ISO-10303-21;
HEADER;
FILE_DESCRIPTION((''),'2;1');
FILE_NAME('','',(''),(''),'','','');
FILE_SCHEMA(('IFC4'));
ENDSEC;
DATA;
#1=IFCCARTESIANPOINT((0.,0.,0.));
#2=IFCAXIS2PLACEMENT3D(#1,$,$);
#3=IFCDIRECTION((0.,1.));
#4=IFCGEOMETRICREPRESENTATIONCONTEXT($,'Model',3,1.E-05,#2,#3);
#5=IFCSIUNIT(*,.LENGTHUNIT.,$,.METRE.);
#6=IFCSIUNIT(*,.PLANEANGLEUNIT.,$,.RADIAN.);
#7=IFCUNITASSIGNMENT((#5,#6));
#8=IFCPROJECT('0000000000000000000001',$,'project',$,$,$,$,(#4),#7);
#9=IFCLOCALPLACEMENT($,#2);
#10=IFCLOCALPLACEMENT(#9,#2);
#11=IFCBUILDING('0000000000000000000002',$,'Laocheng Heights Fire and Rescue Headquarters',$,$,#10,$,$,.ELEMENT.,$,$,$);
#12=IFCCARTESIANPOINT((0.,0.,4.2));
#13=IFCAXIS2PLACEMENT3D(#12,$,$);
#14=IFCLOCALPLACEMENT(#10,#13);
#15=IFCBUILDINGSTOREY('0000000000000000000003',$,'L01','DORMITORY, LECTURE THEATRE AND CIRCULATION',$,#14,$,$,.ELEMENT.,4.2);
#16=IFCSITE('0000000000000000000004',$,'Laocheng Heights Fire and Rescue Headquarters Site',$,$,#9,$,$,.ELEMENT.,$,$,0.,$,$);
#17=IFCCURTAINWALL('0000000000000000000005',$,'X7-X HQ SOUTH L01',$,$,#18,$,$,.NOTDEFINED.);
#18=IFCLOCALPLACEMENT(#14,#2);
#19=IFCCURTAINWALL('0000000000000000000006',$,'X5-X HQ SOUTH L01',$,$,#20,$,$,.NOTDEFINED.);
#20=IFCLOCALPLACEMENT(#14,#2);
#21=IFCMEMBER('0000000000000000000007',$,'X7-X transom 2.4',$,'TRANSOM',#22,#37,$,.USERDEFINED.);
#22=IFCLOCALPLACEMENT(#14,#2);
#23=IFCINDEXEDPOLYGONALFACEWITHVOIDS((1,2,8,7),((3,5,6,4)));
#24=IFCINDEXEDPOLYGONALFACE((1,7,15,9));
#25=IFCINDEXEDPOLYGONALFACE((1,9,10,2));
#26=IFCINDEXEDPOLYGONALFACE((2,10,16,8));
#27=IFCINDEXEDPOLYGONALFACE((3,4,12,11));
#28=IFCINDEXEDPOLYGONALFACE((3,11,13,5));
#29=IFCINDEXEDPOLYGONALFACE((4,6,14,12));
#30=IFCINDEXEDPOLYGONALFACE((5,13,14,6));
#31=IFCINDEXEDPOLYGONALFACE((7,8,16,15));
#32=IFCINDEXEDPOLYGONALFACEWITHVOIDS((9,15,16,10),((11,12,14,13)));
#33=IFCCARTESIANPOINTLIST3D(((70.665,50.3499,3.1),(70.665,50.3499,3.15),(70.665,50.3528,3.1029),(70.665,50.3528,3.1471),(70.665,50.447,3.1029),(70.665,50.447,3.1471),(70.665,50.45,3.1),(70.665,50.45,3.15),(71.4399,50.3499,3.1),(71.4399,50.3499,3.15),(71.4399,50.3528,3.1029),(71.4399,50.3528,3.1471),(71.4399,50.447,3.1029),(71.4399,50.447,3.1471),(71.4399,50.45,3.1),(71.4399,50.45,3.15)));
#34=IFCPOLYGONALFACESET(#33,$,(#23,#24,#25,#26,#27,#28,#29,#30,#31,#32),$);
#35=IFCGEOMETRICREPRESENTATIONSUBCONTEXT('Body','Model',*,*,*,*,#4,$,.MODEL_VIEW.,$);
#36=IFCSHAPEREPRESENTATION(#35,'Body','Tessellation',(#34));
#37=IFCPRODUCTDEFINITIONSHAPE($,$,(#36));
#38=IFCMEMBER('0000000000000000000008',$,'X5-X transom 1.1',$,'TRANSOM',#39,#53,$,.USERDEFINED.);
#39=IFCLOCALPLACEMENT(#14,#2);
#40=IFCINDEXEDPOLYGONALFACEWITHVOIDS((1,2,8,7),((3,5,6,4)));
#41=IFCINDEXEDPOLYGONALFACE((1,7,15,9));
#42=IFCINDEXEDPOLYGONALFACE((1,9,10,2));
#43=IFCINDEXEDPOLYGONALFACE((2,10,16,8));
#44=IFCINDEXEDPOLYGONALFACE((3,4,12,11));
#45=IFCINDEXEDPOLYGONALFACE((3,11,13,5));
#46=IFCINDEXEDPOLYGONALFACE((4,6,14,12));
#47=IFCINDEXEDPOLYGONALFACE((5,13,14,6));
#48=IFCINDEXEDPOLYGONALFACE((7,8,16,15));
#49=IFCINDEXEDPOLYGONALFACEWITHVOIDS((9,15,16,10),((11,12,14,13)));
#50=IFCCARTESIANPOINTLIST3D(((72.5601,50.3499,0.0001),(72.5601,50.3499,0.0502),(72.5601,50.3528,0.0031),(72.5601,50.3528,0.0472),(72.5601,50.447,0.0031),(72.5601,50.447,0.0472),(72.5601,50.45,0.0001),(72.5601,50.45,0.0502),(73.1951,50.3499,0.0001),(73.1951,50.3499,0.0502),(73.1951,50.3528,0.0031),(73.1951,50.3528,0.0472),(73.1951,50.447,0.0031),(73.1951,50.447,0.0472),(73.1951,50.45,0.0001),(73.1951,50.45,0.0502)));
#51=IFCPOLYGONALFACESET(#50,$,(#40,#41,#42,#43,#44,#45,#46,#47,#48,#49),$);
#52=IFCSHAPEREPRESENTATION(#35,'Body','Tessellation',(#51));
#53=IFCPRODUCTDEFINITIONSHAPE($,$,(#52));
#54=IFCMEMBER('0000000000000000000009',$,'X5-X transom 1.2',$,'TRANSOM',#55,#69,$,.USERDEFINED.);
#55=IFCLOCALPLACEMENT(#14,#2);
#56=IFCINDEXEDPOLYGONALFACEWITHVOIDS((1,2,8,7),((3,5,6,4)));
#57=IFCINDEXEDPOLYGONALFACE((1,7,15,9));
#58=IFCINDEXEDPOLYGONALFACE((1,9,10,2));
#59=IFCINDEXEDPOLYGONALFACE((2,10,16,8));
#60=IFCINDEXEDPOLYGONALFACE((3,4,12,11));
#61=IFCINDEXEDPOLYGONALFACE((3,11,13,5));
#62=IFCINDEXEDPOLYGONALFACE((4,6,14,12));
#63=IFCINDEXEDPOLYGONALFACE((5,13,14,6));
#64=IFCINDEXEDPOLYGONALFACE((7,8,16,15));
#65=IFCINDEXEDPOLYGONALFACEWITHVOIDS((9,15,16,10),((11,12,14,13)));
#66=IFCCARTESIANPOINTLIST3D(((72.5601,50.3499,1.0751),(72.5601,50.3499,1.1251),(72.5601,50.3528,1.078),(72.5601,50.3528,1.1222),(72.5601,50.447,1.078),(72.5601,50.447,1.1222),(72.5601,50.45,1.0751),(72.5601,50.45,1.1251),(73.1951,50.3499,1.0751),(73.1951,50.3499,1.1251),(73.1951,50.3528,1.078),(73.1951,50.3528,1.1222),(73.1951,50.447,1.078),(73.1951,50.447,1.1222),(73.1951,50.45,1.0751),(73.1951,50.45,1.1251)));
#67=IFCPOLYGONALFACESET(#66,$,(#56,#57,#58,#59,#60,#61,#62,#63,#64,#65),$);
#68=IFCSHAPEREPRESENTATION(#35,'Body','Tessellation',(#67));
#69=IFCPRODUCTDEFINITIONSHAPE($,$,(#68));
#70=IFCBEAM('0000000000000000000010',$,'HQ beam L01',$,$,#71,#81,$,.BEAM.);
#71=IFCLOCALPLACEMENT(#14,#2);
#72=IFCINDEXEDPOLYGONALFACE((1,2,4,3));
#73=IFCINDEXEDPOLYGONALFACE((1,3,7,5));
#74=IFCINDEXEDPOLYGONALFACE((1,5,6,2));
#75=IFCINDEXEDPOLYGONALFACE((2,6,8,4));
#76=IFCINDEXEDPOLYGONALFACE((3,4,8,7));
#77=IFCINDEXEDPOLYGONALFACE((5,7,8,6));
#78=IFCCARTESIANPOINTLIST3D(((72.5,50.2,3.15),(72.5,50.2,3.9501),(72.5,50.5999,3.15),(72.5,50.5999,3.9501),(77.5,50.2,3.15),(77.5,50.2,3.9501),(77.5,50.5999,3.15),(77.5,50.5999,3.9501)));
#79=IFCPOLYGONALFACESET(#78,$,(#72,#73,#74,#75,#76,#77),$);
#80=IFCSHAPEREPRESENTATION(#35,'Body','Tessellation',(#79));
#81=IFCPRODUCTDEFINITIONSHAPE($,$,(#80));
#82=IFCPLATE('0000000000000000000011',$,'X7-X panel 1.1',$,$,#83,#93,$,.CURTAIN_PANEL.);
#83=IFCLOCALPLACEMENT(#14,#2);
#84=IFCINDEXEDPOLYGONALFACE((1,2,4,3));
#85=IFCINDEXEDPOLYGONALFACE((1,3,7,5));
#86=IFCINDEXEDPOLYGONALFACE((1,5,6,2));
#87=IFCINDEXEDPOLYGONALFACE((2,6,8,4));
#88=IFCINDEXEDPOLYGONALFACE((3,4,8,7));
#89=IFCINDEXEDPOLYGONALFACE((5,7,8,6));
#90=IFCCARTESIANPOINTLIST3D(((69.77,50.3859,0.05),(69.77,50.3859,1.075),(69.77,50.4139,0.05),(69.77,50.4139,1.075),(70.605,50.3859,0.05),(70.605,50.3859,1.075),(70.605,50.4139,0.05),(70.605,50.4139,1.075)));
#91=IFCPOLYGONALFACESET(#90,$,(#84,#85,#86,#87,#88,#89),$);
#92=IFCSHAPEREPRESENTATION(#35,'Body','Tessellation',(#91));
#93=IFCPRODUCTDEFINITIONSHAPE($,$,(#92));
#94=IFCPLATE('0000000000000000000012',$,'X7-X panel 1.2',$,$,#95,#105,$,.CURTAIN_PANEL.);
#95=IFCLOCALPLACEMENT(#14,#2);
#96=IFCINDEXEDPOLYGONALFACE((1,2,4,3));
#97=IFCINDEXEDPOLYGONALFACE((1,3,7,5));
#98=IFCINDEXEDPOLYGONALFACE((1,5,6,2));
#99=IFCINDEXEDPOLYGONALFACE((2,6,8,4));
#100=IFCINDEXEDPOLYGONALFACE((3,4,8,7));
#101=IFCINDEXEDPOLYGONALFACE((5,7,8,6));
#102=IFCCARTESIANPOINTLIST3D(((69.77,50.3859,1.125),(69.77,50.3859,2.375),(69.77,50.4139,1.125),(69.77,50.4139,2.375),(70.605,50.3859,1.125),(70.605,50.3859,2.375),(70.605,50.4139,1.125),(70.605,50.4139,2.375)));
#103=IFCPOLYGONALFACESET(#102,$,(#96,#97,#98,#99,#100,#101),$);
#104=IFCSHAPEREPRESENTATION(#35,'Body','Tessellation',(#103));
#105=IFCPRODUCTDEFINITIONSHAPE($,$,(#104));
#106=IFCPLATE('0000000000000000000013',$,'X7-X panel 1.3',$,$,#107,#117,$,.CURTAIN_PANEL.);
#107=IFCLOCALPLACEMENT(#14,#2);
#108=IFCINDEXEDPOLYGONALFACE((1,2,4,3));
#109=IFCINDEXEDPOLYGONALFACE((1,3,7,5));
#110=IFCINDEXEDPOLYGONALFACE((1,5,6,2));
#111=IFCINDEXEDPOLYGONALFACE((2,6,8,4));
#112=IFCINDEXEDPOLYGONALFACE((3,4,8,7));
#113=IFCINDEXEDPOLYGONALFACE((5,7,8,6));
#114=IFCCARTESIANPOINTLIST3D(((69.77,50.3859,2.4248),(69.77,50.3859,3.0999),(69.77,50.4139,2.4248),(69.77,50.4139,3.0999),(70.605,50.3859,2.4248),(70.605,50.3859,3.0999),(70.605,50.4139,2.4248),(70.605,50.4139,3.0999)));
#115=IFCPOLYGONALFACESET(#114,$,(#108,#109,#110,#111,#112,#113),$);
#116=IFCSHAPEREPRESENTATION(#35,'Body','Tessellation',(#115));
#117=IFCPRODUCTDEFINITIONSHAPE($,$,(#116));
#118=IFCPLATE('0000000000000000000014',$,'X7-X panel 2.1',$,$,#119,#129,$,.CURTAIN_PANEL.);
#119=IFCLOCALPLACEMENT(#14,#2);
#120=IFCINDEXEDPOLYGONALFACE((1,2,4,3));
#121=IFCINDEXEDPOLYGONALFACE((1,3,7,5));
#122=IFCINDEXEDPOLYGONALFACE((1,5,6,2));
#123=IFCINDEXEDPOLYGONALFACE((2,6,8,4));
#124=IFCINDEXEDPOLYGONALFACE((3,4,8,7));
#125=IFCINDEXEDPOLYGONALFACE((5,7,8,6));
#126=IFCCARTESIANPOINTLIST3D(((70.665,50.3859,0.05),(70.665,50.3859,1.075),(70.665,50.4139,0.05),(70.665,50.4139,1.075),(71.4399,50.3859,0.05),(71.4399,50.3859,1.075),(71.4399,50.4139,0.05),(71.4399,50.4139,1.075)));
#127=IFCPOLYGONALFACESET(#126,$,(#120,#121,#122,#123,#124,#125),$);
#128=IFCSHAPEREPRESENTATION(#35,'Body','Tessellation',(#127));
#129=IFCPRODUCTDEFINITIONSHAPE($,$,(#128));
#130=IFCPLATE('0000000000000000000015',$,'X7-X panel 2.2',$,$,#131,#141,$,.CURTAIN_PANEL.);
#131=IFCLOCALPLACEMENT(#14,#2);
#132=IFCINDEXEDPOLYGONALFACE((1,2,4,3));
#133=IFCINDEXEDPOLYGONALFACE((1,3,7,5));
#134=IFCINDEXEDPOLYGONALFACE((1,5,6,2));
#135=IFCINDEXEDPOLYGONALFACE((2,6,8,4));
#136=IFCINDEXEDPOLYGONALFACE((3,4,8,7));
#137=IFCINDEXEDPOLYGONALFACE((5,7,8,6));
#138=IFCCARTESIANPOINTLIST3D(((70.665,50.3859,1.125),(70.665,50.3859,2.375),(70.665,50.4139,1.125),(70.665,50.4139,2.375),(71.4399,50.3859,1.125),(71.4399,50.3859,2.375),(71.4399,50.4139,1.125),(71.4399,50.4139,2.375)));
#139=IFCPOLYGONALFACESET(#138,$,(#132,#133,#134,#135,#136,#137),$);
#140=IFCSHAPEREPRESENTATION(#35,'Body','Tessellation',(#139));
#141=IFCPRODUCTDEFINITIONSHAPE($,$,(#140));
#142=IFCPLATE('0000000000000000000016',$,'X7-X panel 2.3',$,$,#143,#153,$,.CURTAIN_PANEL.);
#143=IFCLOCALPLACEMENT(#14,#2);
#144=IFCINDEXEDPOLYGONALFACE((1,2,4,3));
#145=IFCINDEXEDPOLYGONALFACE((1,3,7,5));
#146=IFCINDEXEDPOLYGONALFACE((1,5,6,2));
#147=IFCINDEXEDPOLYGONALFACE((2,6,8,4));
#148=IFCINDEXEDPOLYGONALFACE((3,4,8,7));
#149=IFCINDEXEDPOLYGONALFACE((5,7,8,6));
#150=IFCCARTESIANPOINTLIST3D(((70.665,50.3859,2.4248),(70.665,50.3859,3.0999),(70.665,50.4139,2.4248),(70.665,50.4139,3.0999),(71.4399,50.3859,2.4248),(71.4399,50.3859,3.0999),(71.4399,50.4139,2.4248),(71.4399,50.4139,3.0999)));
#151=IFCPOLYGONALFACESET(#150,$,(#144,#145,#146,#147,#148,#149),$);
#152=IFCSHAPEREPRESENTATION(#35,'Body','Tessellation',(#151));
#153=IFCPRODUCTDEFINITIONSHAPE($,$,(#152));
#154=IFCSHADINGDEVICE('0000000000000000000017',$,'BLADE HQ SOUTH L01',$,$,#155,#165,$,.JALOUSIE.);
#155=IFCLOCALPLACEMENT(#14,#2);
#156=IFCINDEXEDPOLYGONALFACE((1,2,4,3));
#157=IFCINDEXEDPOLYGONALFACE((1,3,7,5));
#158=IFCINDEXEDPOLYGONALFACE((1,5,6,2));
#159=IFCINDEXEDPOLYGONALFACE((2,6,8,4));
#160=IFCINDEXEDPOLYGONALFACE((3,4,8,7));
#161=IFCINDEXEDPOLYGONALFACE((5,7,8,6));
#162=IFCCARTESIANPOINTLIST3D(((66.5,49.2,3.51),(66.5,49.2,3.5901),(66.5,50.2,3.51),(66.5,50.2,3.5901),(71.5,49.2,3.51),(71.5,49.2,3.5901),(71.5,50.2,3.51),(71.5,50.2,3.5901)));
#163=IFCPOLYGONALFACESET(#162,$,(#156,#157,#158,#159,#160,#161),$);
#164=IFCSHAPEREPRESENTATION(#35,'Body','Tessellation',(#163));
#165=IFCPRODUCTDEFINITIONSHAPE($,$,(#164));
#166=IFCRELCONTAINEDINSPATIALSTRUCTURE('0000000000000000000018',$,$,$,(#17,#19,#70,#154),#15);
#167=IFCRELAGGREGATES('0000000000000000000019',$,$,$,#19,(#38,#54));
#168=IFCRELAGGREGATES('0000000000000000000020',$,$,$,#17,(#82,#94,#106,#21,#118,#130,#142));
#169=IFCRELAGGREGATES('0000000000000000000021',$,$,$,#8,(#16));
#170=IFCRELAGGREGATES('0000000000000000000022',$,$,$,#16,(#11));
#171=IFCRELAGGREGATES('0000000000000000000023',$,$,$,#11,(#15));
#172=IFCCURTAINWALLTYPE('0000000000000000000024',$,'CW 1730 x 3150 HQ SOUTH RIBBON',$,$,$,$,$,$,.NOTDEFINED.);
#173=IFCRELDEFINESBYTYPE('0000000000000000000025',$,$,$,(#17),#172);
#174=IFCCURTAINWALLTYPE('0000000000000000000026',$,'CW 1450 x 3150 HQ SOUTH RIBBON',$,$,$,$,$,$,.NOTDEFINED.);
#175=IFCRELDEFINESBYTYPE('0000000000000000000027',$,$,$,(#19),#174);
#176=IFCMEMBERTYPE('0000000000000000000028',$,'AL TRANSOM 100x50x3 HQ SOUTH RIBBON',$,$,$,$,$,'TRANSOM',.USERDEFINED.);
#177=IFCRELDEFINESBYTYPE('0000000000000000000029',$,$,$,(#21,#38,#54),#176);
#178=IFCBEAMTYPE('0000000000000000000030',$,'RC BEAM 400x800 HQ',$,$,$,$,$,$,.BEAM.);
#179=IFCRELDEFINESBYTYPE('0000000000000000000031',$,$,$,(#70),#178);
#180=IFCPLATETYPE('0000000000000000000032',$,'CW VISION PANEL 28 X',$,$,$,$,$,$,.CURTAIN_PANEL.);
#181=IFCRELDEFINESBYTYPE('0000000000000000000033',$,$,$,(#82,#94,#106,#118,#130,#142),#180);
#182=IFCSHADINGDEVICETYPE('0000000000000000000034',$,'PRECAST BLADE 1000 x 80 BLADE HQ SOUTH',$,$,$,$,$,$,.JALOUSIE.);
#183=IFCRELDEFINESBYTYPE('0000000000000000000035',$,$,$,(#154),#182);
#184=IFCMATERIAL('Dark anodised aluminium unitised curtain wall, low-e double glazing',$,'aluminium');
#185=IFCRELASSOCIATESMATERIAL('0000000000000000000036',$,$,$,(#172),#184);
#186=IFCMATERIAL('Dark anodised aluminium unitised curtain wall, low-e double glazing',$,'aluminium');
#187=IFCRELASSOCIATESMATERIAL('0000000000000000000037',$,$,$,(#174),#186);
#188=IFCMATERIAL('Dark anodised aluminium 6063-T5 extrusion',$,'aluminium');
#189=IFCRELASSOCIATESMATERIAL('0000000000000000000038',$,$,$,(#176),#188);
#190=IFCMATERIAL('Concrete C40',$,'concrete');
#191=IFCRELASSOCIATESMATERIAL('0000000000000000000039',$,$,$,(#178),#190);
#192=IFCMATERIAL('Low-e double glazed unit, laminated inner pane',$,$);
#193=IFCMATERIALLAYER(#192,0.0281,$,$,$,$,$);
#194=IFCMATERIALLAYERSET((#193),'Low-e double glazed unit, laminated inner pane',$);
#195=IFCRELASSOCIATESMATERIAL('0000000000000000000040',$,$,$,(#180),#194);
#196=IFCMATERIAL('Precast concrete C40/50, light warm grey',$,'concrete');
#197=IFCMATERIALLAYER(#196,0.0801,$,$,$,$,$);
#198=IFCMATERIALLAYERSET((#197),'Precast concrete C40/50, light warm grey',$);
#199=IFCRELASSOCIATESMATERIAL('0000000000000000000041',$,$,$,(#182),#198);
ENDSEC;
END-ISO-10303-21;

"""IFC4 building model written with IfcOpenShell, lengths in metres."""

from ifc_helpers import new_model, si_unit, direction, frame, origin, origin_2d, place, context, subcontext, project, spatial, rectangle, hollow_rectangle, extrude, material, layer, layer_set, material_profile, profile_set, type_object, element, aggregate, save


model = new_model("IFC4")

# Units and contexts
model_context = context("Model", 3, precision=1e-05, world=origin(), true_north=direction((0.0, 1.0)))
body_context = subcontext(model_context, "Body", "Model", "MODEL_VIEW")
ifc_project = project(units=[si_unit("LENGTHUNIT", "METRE"), si_unit("PLANEANGLEUNIT", "RADIAN")], contexts=[model_context])

# Site, building, storey
site_placement = place(None, origin())
site = spatial("IfcSite", under=ifc_project, at=site_placement, Name="Laocheng Heights Fire and Rescue Headquarters Site", CompositionType="ELEMENT", RefElevation=0.0)
building_placement = place(site_placement, origin())
building = spatial("IfcBuilding", under=site, at=building_placement, Name="Laocheng Heights Fire and Rescue Headquarters", CompositionType="ELEMENT")
storey_placement = place(building_placement, frame((0.0, 0.0, 4.2)))
storey = spatial("IfcBuildingStorey", under=building, at=storey_placement, Name="L01", Description="DORMITORY, LECTURE THEATRE AND CIRCULATION", CompositionType="ELEMENT", Elevation=4.2)

# Curtain wall
ifc_material_1 = material(Name="Dark anodised aluminium unitised curtain wall, low-e double glazing", Category="aluminium")
curtain_wall_type_1 = type_object("IfcCurtainWallType", Name="CW 1730 x 3150 HQ SOUTH RIBBON", PredefinedType="NOTDEFINED", material=ifc_material_1)
curtain_wall_1_placement = place(storey_placement, origin())
curtain_wall_1 = element("IfcCurtainWall", 1, at=curtain_wall_1_placement, inside=storey, type_object=curtain_wall_type_1, Name="X7-X HQ SOUTH L01", PredefinedType="NOTDEFINED")

# Curtain wall
ifc_material_2 = material(Name="Dark anodised aluminium unitised curtain wall, low-e double glazing", Category="aluminium")
curtain_wall_type_2 = type_object("IfcCurtainWallType", Name="CW 1450 x 3150 HQ SOUTH RIBBON", PredefinedType="NOTDEFINED", material=ifc_material_2)
curtain_wall_2_placement = place(storey_placement, origin())
curtain_wall_2 = element("IfcCurtainWall", 2, at=curtain_wall_2_placement, inside=storey, type_object=curtain_wall_type_2, Name="X5-X HQ SOUTH L01", PredefinedType="NOTDEFINED")

# Members
ifc_material_3 = material(Name="Dark anodised aluminium 6063-T5 extrusion", Category="aluminium")
ifc_material_profile_1 = material_profile(ifc_material_3, hollow_rectangle(XDim=0.1001, YDim=0.05, WallThickness=0.0029, at=origin_2d()), Name="AL TRANSOM 100x50x3 HQ SOUTH RIBBON")
ifc_profile_set_1 = profile_set([ifc_material_profile_1], Name="Dark anodised aluminium 6063-T5 extrusion")
member_type_1 = type_object("IfcMemberType", Name="AL TRANSOM 100x50x3 HQ SOUTH RIBBON", ElementType="TRANSOM", PredefinedType="USERDEFINED", material=ifc_profile_set_1)
member_1_placement = place(storey_placement, frame((70.665, 50.3999, 3.125), z_axis=(1.0, 0.0, 0.0), x_axis=(0.0, 1.0, 0.0)))
member_1 = element("IfcMember", 3, at=member_1_placement, type_object=member_type_1, Name="X7-X transom 2.4", ObjectType="TRANSOM", PredefinedType="USERDEFINED", context=body_context, shape_type="SweptSolid", body=[
    extrude(hollow_rectangle(XDim=0.1001, YDim=0.05, WallThickness=0.0029, at=origin_2d()), origin(), (0.0, 0.0, 1.0), 0.7749),
])
member_2_placement = place(storey_placement, frame((72.5601, 50.3999, 0.0251), z_axis=(1.0, 0.0, 0.0), x_axis=(0.0, 1.0, 0.0)))
member_2 = element("IfcMember", 4, at=member_2_placement, type_object=member_type_1, Name="X5-X transom 1.1", ObjectType="TRANSOM", PredefinedType="USERDEFINED", context=body_context, shape_type="SweptSolid", body=[
    extrude(hollow_rectangle(XDim=0.1001, YDim=0.05, WallThickness=0.0029, at=origin_2d()), origin(), (0.0, 0.0, 1.0), 0.635),
])
member_3_placement = place(storey_placement, frame((72.5601, 50.3999, 1.1001), z_axis=(1.0, 0.0, 0.0), x_axis=(0.0, 1.0, 0.0)))
member_3 = element("IfcMember", 5, at=member_3_placement, type_object=member_type_1, Name="X5-X transom 1.2", ObjectType="TRANSOM", PredefinedType="USERDEFINED", context=body_context, shape_type="SweptSolid", body=[
    extrude(hollow_rectangle(XDim=0.1001, YDim=0.05, WallThickness=0.0029, at=origin_2d()), origin(), (0.0, 0.0, 1.0), 0.635),
])
aggregate(curtain_wall_2, [member_2, member_3])

# Beam
ifc_material_4 = material(Name="Concrete C40", Category="concrete")
ifc_material_profile_2 = material_profile(ifc_material_4, rectangle(XDim=0.3999, YDim=0.8, at=origin_2d()), Name="RC BEAM 400x800 HQ")
ifc_profile_set_2 = profile_set([ifc_material_profile_2], Name="Concrete C40")
beam_type = type_object("IfcBeamType", Name="RC BEAM 400x800 HQ", PredefinedType="BEAM", material=ifc_profile_set_2)
beam_placement = place(storey_placement, frame((72.5, 50.3999, 3.55), z_axis=(1.0, 0.0, 0.0), x_axis=(0.0, 1.0, 0.0)))
element("IfcBeam", 6, at=beam_placement, inside=storey, type_object=beam_type, Name="HQ beam L01", PredefinedType="BEAM", context=body_context, shape_type="SweptSolid", body=[
    extrude(rectangle(XDim=0.3999, YDim=0.8, at=origin_2d()), origin(), (0.0, 0.0, 1.0), 5.0),
])

# Plates
ifc_material_5 = material(Name="Low-e double glazed unit, laminated inner pane")
ifc_layer_1 = layer(ifc_material_5, 0.0281)
ifc_layer_set_1 = layer_set([ifc_layer_1], Name="Low-e double glazed unit, laminated inner pane")
plate_type = type_object("IfcPlateType", Name="CW VISION PANEL 28 X", PredefinedType="CURTAIN_PANEL", material=ifc_layer_set_1)
plate_1_placement = place(storey_placement, frame((70.1875, 50.3999, 0.05), z_axis=(0.0, 0.0, 1.0), x_axis=(1.0, 0.0, 0.0)))
plate_1 = element("IfcPlate", 7, at=plate_1_placement, type_object=plate_type, Name="X7-X panel 1.1", PredefinedType="CURTAIN_PANEL", context=body_context, shape_type="SweptSolid", body=[
    extrude(rectangle(XDim=0.835, YDim=0.0281, at=origin_2d()), origin(), (0.0, 0.0, 1.0), 1.0249),
])
plate_2_placement = place(storey_placement, frame((70.1875, 50.3999, 1.125), z_axis=(0.0, 0.0, 1.0), x_axis=(1.0, 0.0, 0.0)))
plate_2 = element("IfcPlate", 8, at=plate_2_placement, type_object=plate_type, Name="X7-X panel 1.2", PredefinedType="CURTAIN_PANEL", context=body_context, shape_type="SweptSolid", body=[
    extrude(rectangle(XDim=0.835, YDim=0.0281, at=origin_2d()), origin(), (0.0, 0.0, 1.0), 1.25),
])
plate_3_placement = place(storey_placement, frame((70.1875, 50.3999, 2.4248), z_axis=(0.0, 0.0, 1.0), x_axis=(1.0, 0.0, 0.0)))
plate_3 = element("IfcPlate", 9, at=plate_3_placement, type_object=plate_type, Name="X7-X panel 1.3", PredefinedType="CURTAIN_PANEL", context=body_context, shape_type="SweptSolid", body=[
    extrude(rectangle(XDim=0.835, YDim=0.0281, at=origin_2d()), origin(), (0.0, 0.0, 1.0), 0.675),
])
plate_4_placement = place(storey_placement, frame((71.0525, 50.3999, 0.05), z_axis=(0.0, 0.0, 1.0), x_axis=(1.0, 0.0, 0.0)))
plate_4 = element("IfcPlate", 10, at=plate_4_placement, type_object=plate_type, Name="X7-X panel 2.1", PredefinedType="CURTAIN_PANEL", context=body_context, shape_type="SweptSolid", body=[
    extrude(rectangle(XDim=0.7749, YDim=0.0281, at=origin_2d()), origin(), (0.0, 0.0, 1.0), 1.0249),
])
plate_5_placement = place(storey_placement, frame((71.0525, 50.3999, 1.125), z_axis=(0.0, 0.0, 1.0), x_axis=(1.0, 0.0, 0.0)))
plate_5 = element("IfcPlate", 11, at=plate_5_placement, type_object=plate_type, Name="X7-X panel 2.2", PredefinedType="CURTAIN_PANEL", context=body_context, shape_type="SweptSolid", body=[
    extrude(rectangle(XDim=0.7749, YDim=0.0281, at=origin_2d()), origin(), (0.0, 0.0, 1.0), 1.25),
])
plate_6_placement = place(storey_placement, frame((71.0525, 50.3999, 2.4248), z_axis=(0.0, 0.0, 1.0), x_axis=(1.0, 0.0, 0.0)))
plate_6 = element("IfcPlate", 12, at=plate_6_placement, type_object=plate_type, Name="X7-X panel 2.3", PredefinedType="CURTAIN_PANEL", context=body_context, shape_type="SweptSolid", body=[
    extrude(rectangle(XDim=0.7749, YDim=0.0281, at=origin_2d()), origin(), (0.0, 0.0, 1.0), 0.675),
])
aggregate(curtain_wall_1, [plate_1, plate_2, plate_3, member_1, plate_4, plate_5, plate_6])

# Shading device
ifc_material_6 = material(Name="Precast concrete C40/50, light warm grey", Category="concrete")
ifc_layer_2 = layer(ifc_material_6, 0.0801)
ifc_layer_set_2 = layer_set([ifc_layer_2], Name="Precast concrete C40/50, light warm grey")
shading_device_type = type_object("IfcShadingDeviceType", Name="PRECAST BLADE 1000 x 80 BLADE HQ SOUTH", PredefinedType="JALOUSIE", material=ifc_layer_set_2)
shading_device_placement = place(storey_placement, frame((69.0, 49.7, 3.51), z_axis=(0.0, 0.0, 1.0), x_axis=(1.0, 0.0, 0.0)))
element("IfcShadingDevice", 13, at=shading_device_placement, inside=storey, type_object=shading_device_type, Name="BLADE HQ SOUTH L01", PredefinedType="JALOUSIE", context=body_context, shape_type="SweptSolid", body=[
    extrude(rectangle(XDim=5.0, YDim=1.0, at=origin_2d()), origin(), (0.0, 0.0, 1.0), 0.0801),
])

save(model, "model.ifc")
